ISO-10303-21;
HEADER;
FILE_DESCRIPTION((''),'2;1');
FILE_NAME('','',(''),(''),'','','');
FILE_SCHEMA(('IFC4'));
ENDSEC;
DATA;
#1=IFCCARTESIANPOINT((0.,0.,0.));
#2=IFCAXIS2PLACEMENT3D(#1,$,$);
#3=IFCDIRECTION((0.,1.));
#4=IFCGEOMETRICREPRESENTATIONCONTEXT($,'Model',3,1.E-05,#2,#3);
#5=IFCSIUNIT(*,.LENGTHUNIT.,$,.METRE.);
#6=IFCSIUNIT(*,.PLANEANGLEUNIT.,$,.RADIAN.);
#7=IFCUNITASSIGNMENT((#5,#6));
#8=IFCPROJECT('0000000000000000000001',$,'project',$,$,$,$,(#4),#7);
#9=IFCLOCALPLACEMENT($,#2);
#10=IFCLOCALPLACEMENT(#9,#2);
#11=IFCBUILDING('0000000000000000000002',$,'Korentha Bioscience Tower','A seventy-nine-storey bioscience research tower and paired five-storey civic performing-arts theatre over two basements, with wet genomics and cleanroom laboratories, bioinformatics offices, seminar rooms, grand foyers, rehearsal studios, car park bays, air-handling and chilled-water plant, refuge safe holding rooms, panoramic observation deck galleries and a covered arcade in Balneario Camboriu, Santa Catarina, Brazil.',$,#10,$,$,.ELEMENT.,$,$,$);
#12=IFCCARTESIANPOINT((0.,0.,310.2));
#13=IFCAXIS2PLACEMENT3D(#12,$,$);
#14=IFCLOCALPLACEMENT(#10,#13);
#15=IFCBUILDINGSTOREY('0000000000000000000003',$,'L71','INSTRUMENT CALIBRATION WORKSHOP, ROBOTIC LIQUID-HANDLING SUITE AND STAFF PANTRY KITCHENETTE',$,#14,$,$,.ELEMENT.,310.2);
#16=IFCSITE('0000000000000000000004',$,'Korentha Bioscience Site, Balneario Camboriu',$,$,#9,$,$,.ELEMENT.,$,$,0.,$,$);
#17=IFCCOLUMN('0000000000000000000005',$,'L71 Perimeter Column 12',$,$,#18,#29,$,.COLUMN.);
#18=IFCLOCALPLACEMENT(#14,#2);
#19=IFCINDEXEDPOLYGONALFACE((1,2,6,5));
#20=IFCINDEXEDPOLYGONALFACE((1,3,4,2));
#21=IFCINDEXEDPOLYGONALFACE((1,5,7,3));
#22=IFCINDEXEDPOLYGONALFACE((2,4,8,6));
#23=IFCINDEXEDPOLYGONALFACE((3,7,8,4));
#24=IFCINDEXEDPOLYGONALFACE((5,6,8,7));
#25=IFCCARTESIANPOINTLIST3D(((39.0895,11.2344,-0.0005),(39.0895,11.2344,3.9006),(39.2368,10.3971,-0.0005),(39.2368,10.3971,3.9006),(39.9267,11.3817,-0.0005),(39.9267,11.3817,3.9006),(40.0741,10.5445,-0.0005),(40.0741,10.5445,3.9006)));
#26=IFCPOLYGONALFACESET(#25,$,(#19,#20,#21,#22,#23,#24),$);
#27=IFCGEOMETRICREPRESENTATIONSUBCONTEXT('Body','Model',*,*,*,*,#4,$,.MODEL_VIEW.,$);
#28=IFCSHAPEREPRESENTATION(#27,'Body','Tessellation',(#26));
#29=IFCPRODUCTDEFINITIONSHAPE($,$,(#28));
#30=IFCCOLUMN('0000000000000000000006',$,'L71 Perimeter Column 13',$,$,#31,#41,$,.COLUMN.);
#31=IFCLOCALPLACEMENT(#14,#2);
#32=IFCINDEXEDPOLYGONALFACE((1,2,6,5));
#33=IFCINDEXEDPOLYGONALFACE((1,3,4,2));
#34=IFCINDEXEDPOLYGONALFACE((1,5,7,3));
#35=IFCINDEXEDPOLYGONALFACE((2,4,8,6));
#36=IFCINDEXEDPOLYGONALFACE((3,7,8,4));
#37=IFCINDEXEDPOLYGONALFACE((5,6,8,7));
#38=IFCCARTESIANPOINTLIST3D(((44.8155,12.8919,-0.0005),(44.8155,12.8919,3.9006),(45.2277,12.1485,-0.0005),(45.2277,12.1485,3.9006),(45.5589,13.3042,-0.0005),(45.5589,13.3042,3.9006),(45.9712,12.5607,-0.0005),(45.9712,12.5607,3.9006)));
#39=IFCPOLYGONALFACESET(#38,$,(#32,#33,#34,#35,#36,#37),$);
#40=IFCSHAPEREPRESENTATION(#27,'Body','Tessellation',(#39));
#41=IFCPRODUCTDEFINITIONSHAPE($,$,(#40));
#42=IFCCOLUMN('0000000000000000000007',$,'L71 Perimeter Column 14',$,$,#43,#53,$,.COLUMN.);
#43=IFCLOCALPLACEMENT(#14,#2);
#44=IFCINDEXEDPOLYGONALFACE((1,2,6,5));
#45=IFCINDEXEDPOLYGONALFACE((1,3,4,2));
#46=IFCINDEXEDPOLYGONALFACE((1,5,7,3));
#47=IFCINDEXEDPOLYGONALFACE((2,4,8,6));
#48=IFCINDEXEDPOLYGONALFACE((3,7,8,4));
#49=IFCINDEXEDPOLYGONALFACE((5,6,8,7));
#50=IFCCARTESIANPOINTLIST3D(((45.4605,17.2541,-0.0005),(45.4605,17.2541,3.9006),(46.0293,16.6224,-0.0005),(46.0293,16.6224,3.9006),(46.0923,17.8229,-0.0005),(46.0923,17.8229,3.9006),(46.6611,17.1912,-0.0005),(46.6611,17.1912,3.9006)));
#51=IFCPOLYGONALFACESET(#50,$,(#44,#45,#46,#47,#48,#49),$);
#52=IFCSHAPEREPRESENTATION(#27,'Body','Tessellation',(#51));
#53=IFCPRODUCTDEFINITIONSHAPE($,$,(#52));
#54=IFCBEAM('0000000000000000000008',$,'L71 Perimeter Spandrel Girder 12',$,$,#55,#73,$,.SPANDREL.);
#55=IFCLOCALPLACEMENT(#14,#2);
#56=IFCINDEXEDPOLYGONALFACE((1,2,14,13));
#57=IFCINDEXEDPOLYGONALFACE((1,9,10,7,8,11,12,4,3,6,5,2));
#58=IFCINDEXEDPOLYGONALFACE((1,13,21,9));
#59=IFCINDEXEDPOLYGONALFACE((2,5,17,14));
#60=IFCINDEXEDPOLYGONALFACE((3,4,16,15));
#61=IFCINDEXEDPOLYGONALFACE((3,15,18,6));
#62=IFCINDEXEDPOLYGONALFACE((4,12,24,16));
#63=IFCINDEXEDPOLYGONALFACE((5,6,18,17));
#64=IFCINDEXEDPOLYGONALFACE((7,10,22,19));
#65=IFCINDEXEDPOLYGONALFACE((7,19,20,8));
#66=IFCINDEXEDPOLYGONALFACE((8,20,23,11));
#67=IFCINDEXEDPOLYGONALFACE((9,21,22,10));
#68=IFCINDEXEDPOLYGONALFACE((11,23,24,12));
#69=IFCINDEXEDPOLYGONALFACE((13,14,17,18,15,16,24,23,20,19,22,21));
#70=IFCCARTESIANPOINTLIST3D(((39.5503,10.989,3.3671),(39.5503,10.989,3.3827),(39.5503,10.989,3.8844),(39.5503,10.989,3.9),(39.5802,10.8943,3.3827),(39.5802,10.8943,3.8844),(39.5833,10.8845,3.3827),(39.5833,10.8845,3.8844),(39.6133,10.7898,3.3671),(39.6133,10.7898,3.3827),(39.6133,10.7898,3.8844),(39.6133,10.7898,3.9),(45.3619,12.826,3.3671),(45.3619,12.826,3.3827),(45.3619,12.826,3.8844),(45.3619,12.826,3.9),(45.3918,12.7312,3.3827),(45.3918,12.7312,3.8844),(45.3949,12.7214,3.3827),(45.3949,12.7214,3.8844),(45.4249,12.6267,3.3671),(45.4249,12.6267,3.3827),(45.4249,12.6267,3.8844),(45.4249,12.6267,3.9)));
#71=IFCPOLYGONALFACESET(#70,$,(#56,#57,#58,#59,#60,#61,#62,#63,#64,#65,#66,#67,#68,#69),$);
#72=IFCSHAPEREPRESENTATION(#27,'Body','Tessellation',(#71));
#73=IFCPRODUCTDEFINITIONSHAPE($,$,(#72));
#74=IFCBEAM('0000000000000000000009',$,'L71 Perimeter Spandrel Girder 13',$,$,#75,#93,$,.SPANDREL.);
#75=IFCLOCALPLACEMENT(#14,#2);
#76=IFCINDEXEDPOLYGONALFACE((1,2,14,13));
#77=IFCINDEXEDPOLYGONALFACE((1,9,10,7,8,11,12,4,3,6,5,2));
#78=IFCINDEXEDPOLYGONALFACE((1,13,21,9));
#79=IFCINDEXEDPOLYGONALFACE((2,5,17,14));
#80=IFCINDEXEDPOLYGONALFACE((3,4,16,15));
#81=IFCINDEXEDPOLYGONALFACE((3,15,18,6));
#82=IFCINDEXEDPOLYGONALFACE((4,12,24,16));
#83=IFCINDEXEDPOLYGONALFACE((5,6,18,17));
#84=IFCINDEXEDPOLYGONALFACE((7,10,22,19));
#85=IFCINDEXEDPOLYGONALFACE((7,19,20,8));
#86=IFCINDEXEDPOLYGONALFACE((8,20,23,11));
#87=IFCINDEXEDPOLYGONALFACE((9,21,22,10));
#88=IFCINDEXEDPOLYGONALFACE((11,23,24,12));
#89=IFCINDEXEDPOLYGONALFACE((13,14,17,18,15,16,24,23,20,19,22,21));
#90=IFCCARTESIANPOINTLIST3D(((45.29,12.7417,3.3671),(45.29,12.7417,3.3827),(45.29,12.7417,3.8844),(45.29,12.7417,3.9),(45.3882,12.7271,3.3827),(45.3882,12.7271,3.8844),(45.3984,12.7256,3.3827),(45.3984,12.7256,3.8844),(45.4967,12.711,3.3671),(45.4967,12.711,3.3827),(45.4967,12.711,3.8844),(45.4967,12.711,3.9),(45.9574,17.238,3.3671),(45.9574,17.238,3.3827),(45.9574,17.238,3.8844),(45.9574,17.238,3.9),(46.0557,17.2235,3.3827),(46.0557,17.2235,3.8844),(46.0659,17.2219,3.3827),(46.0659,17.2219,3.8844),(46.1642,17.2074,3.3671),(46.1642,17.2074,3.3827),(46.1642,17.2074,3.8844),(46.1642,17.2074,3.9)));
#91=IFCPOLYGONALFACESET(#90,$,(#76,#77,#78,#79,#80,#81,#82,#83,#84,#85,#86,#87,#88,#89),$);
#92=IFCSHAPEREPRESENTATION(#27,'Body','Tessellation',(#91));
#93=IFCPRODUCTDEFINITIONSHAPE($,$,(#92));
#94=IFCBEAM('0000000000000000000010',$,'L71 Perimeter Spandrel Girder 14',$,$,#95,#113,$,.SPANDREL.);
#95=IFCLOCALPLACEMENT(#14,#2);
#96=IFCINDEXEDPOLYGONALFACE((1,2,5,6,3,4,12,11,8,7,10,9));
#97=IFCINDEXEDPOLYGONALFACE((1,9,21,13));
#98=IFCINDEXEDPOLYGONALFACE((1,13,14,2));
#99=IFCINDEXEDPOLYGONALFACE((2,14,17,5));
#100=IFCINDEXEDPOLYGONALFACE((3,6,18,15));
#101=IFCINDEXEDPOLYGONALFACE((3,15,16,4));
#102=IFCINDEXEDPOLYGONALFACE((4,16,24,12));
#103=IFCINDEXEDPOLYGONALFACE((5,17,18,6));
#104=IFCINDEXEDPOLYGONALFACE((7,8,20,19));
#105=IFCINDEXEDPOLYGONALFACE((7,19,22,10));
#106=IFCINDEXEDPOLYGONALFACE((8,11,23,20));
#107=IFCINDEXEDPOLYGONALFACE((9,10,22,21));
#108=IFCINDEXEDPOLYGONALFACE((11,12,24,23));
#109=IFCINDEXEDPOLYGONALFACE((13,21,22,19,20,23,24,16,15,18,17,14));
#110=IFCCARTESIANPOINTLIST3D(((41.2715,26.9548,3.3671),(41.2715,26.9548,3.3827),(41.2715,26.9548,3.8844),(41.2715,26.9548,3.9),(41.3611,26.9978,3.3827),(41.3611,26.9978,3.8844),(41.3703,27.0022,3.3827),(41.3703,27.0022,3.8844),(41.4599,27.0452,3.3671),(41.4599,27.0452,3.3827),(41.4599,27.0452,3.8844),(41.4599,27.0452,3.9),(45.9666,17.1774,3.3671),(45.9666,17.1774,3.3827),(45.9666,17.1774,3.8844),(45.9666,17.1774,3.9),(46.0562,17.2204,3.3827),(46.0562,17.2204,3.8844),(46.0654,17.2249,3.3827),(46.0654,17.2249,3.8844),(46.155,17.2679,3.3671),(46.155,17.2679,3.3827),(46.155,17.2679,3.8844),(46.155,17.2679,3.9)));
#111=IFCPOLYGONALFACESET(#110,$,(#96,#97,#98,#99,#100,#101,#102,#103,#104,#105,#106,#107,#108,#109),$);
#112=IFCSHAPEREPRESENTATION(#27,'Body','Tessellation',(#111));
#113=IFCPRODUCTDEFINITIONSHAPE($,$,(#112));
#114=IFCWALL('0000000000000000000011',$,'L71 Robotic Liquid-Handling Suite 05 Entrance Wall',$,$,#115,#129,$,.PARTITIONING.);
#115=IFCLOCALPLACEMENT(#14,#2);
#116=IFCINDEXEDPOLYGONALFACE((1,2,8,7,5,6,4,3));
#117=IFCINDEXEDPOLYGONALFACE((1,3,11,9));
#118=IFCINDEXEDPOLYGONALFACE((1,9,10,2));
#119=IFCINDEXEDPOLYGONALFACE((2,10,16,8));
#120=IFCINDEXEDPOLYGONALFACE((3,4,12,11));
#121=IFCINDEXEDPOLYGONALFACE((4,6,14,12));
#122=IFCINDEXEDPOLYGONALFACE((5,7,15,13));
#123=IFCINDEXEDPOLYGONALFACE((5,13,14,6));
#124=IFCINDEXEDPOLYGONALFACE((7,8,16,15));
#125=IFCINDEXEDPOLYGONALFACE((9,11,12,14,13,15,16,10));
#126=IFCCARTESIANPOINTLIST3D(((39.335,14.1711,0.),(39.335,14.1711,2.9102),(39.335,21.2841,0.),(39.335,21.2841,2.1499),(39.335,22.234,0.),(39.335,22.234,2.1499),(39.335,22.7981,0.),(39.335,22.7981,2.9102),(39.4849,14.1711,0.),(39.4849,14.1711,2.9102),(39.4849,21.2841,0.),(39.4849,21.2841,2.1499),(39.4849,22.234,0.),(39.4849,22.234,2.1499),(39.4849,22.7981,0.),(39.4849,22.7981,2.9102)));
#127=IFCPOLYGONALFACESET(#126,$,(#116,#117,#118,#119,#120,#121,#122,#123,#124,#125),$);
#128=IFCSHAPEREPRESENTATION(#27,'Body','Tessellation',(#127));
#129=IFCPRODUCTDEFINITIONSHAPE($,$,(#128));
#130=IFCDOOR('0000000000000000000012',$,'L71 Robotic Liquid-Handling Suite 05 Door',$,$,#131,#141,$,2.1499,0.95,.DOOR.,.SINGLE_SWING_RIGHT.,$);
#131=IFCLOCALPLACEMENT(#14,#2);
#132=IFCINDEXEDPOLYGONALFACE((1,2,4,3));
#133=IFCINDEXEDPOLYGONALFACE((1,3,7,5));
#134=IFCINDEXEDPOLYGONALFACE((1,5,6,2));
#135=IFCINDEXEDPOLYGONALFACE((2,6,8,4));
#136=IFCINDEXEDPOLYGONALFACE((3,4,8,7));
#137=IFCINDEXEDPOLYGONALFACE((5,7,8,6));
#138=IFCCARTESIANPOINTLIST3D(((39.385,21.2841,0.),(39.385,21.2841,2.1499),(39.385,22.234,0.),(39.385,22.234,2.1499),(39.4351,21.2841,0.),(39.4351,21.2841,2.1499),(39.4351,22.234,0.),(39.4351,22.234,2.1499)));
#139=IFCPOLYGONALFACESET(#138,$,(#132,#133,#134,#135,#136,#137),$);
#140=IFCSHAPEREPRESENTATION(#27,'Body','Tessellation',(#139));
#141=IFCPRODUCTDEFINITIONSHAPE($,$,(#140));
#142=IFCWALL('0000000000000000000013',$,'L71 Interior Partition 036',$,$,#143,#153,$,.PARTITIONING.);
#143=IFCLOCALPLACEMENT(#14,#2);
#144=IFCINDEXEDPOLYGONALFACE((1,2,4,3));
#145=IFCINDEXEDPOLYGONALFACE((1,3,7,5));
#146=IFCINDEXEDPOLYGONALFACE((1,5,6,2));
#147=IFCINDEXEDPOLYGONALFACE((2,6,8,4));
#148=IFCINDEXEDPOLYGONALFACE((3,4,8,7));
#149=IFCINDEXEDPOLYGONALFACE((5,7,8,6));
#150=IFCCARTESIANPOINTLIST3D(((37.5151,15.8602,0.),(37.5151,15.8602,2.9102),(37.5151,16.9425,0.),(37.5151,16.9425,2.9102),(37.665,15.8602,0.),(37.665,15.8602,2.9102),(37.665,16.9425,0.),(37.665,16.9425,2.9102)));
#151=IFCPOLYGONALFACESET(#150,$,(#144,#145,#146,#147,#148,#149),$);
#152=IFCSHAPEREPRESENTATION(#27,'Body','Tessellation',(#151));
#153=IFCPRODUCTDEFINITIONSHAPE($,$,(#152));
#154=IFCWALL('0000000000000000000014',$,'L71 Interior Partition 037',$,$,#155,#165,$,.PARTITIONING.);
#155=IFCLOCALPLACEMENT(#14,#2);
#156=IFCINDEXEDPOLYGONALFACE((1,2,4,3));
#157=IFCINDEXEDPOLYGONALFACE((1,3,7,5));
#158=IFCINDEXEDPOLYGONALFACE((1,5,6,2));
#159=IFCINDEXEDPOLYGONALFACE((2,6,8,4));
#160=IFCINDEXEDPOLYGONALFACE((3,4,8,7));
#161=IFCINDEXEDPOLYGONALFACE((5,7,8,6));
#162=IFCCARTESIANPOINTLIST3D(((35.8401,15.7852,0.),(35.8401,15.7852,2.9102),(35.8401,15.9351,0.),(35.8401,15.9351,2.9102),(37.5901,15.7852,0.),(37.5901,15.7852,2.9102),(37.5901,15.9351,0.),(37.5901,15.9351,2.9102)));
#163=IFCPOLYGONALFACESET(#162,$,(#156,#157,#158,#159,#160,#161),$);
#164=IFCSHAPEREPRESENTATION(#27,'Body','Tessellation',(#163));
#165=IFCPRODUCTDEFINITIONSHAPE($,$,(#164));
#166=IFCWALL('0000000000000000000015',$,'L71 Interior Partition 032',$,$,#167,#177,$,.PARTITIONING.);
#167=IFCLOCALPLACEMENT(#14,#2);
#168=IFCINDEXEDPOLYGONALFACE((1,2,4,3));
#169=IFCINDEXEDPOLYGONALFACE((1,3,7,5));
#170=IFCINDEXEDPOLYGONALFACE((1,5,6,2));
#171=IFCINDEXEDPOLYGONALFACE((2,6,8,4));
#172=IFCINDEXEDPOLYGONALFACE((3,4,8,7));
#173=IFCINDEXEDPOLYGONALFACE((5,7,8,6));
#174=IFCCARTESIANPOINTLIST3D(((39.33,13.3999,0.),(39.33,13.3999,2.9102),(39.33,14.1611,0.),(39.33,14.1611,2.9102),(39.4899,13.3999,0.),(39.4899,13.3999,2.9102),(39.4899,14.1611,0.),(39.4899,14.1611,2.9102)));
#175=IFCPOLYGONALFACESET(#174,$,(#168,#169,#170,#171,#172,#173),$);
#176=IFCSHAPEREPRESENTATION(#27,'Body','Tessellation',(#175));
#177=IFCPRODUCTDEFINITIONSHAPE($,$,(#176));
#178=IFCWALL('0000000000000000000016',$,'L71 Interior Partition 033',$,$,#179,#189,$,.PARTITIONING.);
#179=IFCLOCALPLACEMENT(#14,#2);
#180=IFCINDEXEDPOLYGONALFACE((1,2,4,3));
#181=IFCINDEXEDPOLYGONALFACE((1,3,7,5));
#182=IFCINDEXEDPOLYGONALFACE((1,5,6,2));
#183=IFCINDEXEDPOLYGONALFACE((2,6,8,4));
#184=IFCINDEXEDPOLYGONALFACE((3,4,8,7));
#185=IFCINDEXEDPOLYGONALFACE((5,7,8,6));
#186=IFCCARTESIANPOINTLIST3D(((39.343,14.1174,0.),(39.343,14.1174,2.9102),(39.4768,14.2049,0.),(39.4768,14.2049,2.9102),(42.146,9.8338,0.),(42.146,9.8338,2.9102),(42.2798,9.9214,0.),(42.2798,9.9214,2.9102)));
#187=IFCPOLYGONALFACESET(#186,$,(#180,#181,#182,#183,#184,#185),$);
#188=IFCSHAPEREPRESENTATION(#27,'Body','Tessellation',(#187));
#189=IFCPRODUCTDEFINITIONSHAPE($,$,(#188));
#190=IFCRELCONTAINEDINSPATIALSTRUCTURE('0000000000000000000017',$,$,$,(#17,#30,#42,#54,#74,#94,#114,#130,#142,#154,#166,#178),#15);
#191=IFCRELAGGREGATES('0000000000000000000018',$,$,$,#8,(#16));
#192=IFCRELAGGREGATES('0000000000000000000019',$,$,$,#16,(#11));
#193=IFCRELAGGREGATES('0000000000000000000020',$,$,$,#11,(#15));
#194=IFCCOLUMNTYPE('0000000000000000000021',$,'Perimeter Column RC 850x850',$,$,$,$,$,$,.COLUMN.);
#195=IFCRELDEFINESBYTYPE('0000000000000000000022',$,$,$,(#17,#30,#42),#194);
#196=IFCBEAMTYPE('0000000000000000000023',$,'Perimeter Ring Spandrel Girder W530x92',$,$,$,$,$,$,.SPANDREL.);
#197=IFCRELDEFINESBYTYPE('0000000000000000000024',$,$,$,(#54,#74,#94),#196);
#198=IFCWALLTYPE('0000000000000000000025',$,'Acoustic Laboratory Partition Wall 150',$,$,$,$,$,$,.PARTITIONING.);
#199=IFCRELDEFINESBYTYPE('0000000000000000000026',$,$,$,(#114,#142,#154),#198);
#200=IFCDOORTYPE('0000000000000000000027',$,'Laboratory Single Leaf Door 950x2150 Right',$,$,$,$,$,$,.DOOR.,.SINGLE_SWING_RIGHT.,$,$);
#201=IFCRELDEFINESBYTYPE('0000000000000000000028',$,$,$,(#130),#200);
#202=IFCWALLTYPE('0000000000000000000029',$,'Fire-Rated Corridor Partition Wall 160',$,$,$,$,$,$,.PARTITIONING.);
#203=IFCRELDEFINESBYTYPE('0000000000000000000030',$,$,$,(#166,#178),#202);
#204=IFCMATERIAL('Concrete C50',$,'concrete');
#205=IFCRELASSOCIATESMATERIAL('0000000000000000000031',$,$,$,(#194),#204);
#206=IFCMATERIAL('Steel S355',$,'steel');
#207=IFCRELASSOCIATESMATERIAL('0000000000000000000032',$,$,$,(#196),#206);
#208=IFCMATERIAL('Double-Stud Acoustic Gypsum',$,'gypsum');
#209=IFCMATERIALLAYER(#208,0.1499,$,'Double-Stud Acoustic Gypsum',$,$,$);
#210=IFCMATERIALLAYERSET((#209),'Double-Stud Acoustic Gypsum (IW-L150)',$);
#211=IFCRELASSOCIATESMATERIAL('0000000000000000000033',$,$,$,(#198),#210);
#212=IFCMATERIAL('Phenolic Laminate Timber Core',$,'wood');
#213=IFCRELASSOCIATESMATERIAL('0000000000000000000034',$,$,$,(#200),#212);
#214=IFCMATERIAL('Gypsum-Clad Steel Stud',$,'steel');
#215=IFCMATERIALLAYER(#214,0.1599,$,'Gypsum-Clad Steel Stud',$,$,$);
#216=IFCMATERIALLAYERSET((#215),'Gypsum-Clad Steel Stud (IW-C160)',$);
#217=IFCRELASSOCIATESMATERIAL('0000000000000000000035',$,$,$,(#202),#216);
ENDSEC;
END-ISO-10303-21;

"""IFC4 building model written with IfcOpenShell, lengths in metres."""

from ifc_helpers import new_model, si_unit, direction, frame, frame_2d, origin, origin_2d, place, context, subcontext, project, spatial, rectangle, i_section, extrude, material, layer, layer_set, material_profile, profile_set, type_object, element, fill, save


model = new_model("IFC4")

# Units and contexts
model_context = context("Model", 3, precision=1e-05, world=origin(), true_north=direction((0.0, 1.0)))
body_context = subcontext(model_context, "Body", "Model", "MODEL_VIEW")
ifc_project = project(units=[si_unit("LENGTHUNIT", "METRE"), si_unit("PLANEANGLEUNIT", "RADIAN")], contexts=[model_context])

# Site, building, storey
site_placement = place(None, origin())
site = spatial("IfcSite", under=ifc_project, at=site_placement, Name="Korentha Bioscience Site, Balneario Camboriu", CompositionType="ELEMENT", RefElevation=0.0)
building_placement = place(site_placement, origin())
building = spatial("IfcBuilding", under=site, at=building_placement, Name="Korentha Bioscience Tower", Description="A seventy-nine-storey bioscience research tower and paired five-storey civic performing-arts theatre over two basements, with wet genomics and cleanroom laboratories, bioinformatics offices, seminar rooms, grand foyers, rehearsal studios, car park bays, air-handling and chilled-water plant, refuge safe holding rooms, panoramic observation deck galleries and a covered arcade in Balneario Camboriu, Santa Catarina, Brazil.", CompositionType="ELEMENT")
storey_placement = place(building_placement, frame((0.0, 0.0, 310.2)))
storey = spatial("IfcBuildingStorey", under=building, at=storey_placement, Name="L71", Description="INSTRUMENT CALIBRATION WORKSHOP, ROBOTIC LIQUID-HANDLING SUITE AND STAFF PANTRY KITCHENETTE", CompositionType="ELEMENT", Elevation=310.2)

# Columns
ifc_material_1 = material(Name="Concrete C50", Category="concrete")
ifc_material_profile_1 = material_profile(ifc_material_1, rectangle(XDim=0.8501, YDim=0.8501, at=origin_2d()), Name="Concrete C50")
ifc_profile_set_1 = profile_set([ifc_material_profile_1], Name="Concrete C50 (COL-P08)")
column_type = type_object("IfcColumnType", Name="Perimeter Column RC 850x850", PredefinedType="COLUMN", material=ifc_profile_set_1)
for number, where, z_axis, x_axis, name in (
    (1, (39.5818, 10.8894, -0.0005), (0.0, 0.0, 1.0), (0.984868, 0.173304, 0.0), "L71 Perimeter Column 12"),
    (2, (45.3933, 12.7263, -0.0005), (0.0, 0.0, 1.0), (0.874535, 0.484962, 0.0), "L71 Perimeter Column 13"),
    (3, (46.0608, 17.2227, -0.0005), (0.0, 0.0, 1.0), (-0.669131, 0.743145, 0.0), "L71 Perimeter Column 14"),
):
    element("IfcColumn", number, at=place(storey_placement, frame(where, z_axis=z_axis, x_axis=x_axis)), inside=storey, type_object=column_type, Name=name, PredefinedType="COLUMN", context=body_context, shape_type="SweptSolid", body=[
        extrude(rectangle(XDim=0.8501, YDim=0.8501, at=origin_2d()), origin(), (0.0, 0.0, 1.0), 3.9011),
    ])

# Beams
ifc_material_2 = material(Name="Steel S355", Category="steel")
ifc_material_profile_2 = material_profile(ifc_material_2, i_section(OverallWidth=0.209, OverallDepth=0.533, WebThickness=0.0103, FlangeThickness=0.0156, at=origin_2d()), Name="Steel S355")
ifc_profile_set_2 = profile_set([ifc_material_profile_2], Name="Steel S355 (SB-530)")
beam_type = type_object("IfcBeamType", Name="Perimeter Ring Spandrel Girder W530x92", PredefinedType="SPANDREL", material=ifc_profile_set_2)
beam_1_placement = place(storey_placement, frame((39.5818, 10.8894, 3.6335), z_axis=(0.953503, 0.301384, 0.0), x_axis=(-0.301384, 0.953503, 0.0)))
element("IfcBeam", 4, at=beam_1_placement, inside=storey, type_object=beam_type, Name="L71 Perimeter Spandrel Girder 12", PredefinedType="SPANDREL", context=body_context, shape_type="SweptSolid", body=[
    extrude(i_section(OverallWidth=0.209, OverallDepth=0.533, WebThickness=0.0103, FlangeThickness=0.0156, at=origin_2d()), origin(), (0.0, 0.0, 1.0), 6.095),
])
beam_2_placement = place(storey_placement, frame((45.3933, 12.7263, 3.6335), z_axis=(0.146841, 0.98916, 0.0), x_axis=(-0.98916, 0.146841, 0.0)))
element("IfcBeam", 5, at=beam_2_placement, inside=storey, type_object=beam_type, Name="L71 Perimeter Spandrel Girder 13", PredefinedType="SPANDREL", context=body_context, shape_type="SweptSolid", body=[
    extrude(i_section(OverallWidth=0.209, OverallDepth=0.533, WebThickness=0.0103, FlangeThickness=0.0156, at=origin_2d()), origin(), (0.0, 0.0, 1.0), 4.5457),
])
beam_3_placement = place(storey_placement, frame((46.0608, 17.2227, 3.6335), z_axis=(-0.432877, 0.901453, 0.0), x_axis=(-0.901453, -0.432877, 0.0)))
element("IfcBeam", 6, at=beam_3_placement, inside=storey, type_object=beam_type, Name="L71 Perimeter Spandrel Girder 14", PredefinedType="SPANDREL", context=body_context, shape_type="SweptSolid", body=[
    extrude(i_section(OverallWidth=0.209, OverallDepth=0.533, WebThickness=0.0103, FlangeThickness=0.0156, at=origin_2d()), origin(), (0.0, 0.0, 1.0), 10.8462),
])

# Wall, opening, door
ifc_material_3 = material(Name="Double-Stud Acoustic Gypsum", Category="gypsum")
ifc_layer_1 = layer(ifc_material_3, 0.1499, Name="Double-Stud Acoustic Gypsum")
ifc_layer_set_1 = layer_set([ifc_layer_1], Name="Double-Stud Acoustic Gypsum (IW-L150)")
wall_type_1 = type_object("IfcWallType", Name="Acoustic Laboratory Partition Wall 150", PredefinedType="PARTITIONING", material=ifc_layer_set_1)
wall_1_placement = place(storey_placement, frame((39.4099, 14.1711, 0.0), z_axis=(0.0, 0.0, 1.0), x_axis=(0.0, 1.0, 0.0)))
wall_1 = element("IfcWall", 7, at=wall_1_placement, inside=storey, type_object=wall_type_1, Name="L71 Robotic Liquid-Handling Suite 05 Entrance Wall", PredefinedType="PARTITIONING", context=body_context, shape_type="SweptSolid", body=[
    extrude(rectangle(XDim=8.627, YDim=0.1499, at=frame_2d((4.3135, 0.0))), origin(), (0.0, 0.0, 1.0), 2.9102),
])
opening_placement = place(wall_1_placement, frame((7.1128, 0.0, 0.0)))
opening = element("IfcOpeningElement", 8, at=opening_placement, cuts=wall_1, PredefinedType="OPENING", context=body_context, shape_type="SweptSolid", body=[
    extrude(rectangle(XDim=0.95, YDim=2.1499, at=frame_2d((0.4751, 1.075))), frame((0.0, 0.0898, 0.0), z_axis=(0.0, -1.0, 0.0), x_axis=(1.0, 0.0, 0.0)), (0.0, 0.0, 1.0), 0.1797),
])
ifc_material_4 = material(Name="Phenolic Laminate Timber Core", Category="wood")
door_type = type_object("IfcDoorType", Name="Laboratory Single Leaf Door 950x2150 Right", OperationType="SINGLE_SWING_RIGHT", PredefinedType="DOOR", material=ifc_material_4)
door_placement = place(opening_placement, origin())
door = element("IfcDoor", 9, at=door_placement, inside=storey, type_object=door_type, Name="L71 Robotic Liquid-Handling Suite 05 Door", OperationType="SINGLE_SWING_RIGHT", OverallHeight=2.1499, OverallWidth=0.95, PredefinedType="DOOR", context=body_context, shape_type="SweptSolid", body=[
    extrude(rectangle(XDim=0.95, YDim=2.1499, at=frame_2d((0.4751, 1.075))), frame((0.0, 0.0249, 0.0), z_axis=(0.0, -1.0, 0.0), x_axis=(1.0, 0.0, 0.0)), (0.0, 0.0, 1.0), 0.05),
])
fill(opening, door)

# Walls
wall_2_placement = place(storey_placement, frame((37.5901, 16.9424, 0.0), z_axis=(0.0, 0.0, 1.0), x_axis=(0.0, -1.0, 0.0)))
element("IfcWall", 10, at=wall_2_placement, inside=storey, type_object=wall_type_1, Name="L71 Interior Partition 036", PredefinedType="PARTITIONING", context=body_context, shape_type="SweptSolid", body=[
    extrude(rectangle(XDim=1.0823, YDim=0.1499, at=frame_2d((0.541, 0.0))), origin(), (0.0, 0.0, 1.0), 2.9102),
])
wall_3_placement = place(storey_placement, frame((37.5901, 15.8601, 0.0), z_axis=(0.0, 0.0, 1.0), x_axis=(-1.0, 0.0, 0.0)))
element("IfcWall", 11, at=wall_3_placement, inside=storey, type_object=wall_type_1, Name="L71 Interior Partition 037", PredefinedType="PARTITIONING", context=body_context, shape_type="SweptSolid", body=[
    extrude(rectangle(XDim=1.75, YDim=0.1499, at=frame_2d((0.875, 0.0))), origin(), (0.0, 0.0, 1.0), 2.9102),
])
ifc_material_5 = material(Name="Gypsum-Clad Steel Stud", Category="steel")
ifc_layer_2 = layer(ifc_material_5, 0.1599, Name="Gypsum-Clad Steel Stud")
ifc_layer_set_2 = layer_set([ifc_layer_2], Name="Gypsum-Clad Steel Stud (IW-C160)")
wall_type_2 = type_object("IfcWallType", Name="Fire-Rated Corridor Partition Wall 160", PredefinedType="PARTITIONING", material=ifc_layer_set_2)
wall_4_placement = place(storey_placement, frame((39.4099, 13.3999, 0.0), z_axis=(0.0, 0.0, 1.0), x_axis=(0.0, 1.0, 0.0)))
element("IfcWall", 12, at=wall_4_placement, inside=storey, type_object=wall_type_2, Name="L71 Interior Partition 032", PredefinedType="PARTITIONING", context=body_context, shape_type="SweptSolid", body=[
    extrude(rectangle(XDim=0.7612, YDim=0.1599, at=frame_2d((0.3806, 0.0))), origin(), (0.0, 0.0, 1.0), 2.9102),
])
wall_5_placement = place(storey_placement, frame((39.4099, 14.1611, 0.0), z_axis=(0.0, 0.0, 1.0), x_axis=(0.547559, -0.836767, 0.0)))
element("IfcWall", 13, at=wall_5_placement, inside=storey, type_object=wall_type_2, Name="L71 Interior Partition 033", PredefinedType="PARTITIONING", context=body_context, shape_type="SweptSolid", body=[
    extrude(rectangle(XDim=5.1191, YDim=0.1599, at=frame_2d((2.5596, 0.0))), origin(), (0.0, 0.0, 1.0), 2.9102),
])

save(model, "model.ifc")
